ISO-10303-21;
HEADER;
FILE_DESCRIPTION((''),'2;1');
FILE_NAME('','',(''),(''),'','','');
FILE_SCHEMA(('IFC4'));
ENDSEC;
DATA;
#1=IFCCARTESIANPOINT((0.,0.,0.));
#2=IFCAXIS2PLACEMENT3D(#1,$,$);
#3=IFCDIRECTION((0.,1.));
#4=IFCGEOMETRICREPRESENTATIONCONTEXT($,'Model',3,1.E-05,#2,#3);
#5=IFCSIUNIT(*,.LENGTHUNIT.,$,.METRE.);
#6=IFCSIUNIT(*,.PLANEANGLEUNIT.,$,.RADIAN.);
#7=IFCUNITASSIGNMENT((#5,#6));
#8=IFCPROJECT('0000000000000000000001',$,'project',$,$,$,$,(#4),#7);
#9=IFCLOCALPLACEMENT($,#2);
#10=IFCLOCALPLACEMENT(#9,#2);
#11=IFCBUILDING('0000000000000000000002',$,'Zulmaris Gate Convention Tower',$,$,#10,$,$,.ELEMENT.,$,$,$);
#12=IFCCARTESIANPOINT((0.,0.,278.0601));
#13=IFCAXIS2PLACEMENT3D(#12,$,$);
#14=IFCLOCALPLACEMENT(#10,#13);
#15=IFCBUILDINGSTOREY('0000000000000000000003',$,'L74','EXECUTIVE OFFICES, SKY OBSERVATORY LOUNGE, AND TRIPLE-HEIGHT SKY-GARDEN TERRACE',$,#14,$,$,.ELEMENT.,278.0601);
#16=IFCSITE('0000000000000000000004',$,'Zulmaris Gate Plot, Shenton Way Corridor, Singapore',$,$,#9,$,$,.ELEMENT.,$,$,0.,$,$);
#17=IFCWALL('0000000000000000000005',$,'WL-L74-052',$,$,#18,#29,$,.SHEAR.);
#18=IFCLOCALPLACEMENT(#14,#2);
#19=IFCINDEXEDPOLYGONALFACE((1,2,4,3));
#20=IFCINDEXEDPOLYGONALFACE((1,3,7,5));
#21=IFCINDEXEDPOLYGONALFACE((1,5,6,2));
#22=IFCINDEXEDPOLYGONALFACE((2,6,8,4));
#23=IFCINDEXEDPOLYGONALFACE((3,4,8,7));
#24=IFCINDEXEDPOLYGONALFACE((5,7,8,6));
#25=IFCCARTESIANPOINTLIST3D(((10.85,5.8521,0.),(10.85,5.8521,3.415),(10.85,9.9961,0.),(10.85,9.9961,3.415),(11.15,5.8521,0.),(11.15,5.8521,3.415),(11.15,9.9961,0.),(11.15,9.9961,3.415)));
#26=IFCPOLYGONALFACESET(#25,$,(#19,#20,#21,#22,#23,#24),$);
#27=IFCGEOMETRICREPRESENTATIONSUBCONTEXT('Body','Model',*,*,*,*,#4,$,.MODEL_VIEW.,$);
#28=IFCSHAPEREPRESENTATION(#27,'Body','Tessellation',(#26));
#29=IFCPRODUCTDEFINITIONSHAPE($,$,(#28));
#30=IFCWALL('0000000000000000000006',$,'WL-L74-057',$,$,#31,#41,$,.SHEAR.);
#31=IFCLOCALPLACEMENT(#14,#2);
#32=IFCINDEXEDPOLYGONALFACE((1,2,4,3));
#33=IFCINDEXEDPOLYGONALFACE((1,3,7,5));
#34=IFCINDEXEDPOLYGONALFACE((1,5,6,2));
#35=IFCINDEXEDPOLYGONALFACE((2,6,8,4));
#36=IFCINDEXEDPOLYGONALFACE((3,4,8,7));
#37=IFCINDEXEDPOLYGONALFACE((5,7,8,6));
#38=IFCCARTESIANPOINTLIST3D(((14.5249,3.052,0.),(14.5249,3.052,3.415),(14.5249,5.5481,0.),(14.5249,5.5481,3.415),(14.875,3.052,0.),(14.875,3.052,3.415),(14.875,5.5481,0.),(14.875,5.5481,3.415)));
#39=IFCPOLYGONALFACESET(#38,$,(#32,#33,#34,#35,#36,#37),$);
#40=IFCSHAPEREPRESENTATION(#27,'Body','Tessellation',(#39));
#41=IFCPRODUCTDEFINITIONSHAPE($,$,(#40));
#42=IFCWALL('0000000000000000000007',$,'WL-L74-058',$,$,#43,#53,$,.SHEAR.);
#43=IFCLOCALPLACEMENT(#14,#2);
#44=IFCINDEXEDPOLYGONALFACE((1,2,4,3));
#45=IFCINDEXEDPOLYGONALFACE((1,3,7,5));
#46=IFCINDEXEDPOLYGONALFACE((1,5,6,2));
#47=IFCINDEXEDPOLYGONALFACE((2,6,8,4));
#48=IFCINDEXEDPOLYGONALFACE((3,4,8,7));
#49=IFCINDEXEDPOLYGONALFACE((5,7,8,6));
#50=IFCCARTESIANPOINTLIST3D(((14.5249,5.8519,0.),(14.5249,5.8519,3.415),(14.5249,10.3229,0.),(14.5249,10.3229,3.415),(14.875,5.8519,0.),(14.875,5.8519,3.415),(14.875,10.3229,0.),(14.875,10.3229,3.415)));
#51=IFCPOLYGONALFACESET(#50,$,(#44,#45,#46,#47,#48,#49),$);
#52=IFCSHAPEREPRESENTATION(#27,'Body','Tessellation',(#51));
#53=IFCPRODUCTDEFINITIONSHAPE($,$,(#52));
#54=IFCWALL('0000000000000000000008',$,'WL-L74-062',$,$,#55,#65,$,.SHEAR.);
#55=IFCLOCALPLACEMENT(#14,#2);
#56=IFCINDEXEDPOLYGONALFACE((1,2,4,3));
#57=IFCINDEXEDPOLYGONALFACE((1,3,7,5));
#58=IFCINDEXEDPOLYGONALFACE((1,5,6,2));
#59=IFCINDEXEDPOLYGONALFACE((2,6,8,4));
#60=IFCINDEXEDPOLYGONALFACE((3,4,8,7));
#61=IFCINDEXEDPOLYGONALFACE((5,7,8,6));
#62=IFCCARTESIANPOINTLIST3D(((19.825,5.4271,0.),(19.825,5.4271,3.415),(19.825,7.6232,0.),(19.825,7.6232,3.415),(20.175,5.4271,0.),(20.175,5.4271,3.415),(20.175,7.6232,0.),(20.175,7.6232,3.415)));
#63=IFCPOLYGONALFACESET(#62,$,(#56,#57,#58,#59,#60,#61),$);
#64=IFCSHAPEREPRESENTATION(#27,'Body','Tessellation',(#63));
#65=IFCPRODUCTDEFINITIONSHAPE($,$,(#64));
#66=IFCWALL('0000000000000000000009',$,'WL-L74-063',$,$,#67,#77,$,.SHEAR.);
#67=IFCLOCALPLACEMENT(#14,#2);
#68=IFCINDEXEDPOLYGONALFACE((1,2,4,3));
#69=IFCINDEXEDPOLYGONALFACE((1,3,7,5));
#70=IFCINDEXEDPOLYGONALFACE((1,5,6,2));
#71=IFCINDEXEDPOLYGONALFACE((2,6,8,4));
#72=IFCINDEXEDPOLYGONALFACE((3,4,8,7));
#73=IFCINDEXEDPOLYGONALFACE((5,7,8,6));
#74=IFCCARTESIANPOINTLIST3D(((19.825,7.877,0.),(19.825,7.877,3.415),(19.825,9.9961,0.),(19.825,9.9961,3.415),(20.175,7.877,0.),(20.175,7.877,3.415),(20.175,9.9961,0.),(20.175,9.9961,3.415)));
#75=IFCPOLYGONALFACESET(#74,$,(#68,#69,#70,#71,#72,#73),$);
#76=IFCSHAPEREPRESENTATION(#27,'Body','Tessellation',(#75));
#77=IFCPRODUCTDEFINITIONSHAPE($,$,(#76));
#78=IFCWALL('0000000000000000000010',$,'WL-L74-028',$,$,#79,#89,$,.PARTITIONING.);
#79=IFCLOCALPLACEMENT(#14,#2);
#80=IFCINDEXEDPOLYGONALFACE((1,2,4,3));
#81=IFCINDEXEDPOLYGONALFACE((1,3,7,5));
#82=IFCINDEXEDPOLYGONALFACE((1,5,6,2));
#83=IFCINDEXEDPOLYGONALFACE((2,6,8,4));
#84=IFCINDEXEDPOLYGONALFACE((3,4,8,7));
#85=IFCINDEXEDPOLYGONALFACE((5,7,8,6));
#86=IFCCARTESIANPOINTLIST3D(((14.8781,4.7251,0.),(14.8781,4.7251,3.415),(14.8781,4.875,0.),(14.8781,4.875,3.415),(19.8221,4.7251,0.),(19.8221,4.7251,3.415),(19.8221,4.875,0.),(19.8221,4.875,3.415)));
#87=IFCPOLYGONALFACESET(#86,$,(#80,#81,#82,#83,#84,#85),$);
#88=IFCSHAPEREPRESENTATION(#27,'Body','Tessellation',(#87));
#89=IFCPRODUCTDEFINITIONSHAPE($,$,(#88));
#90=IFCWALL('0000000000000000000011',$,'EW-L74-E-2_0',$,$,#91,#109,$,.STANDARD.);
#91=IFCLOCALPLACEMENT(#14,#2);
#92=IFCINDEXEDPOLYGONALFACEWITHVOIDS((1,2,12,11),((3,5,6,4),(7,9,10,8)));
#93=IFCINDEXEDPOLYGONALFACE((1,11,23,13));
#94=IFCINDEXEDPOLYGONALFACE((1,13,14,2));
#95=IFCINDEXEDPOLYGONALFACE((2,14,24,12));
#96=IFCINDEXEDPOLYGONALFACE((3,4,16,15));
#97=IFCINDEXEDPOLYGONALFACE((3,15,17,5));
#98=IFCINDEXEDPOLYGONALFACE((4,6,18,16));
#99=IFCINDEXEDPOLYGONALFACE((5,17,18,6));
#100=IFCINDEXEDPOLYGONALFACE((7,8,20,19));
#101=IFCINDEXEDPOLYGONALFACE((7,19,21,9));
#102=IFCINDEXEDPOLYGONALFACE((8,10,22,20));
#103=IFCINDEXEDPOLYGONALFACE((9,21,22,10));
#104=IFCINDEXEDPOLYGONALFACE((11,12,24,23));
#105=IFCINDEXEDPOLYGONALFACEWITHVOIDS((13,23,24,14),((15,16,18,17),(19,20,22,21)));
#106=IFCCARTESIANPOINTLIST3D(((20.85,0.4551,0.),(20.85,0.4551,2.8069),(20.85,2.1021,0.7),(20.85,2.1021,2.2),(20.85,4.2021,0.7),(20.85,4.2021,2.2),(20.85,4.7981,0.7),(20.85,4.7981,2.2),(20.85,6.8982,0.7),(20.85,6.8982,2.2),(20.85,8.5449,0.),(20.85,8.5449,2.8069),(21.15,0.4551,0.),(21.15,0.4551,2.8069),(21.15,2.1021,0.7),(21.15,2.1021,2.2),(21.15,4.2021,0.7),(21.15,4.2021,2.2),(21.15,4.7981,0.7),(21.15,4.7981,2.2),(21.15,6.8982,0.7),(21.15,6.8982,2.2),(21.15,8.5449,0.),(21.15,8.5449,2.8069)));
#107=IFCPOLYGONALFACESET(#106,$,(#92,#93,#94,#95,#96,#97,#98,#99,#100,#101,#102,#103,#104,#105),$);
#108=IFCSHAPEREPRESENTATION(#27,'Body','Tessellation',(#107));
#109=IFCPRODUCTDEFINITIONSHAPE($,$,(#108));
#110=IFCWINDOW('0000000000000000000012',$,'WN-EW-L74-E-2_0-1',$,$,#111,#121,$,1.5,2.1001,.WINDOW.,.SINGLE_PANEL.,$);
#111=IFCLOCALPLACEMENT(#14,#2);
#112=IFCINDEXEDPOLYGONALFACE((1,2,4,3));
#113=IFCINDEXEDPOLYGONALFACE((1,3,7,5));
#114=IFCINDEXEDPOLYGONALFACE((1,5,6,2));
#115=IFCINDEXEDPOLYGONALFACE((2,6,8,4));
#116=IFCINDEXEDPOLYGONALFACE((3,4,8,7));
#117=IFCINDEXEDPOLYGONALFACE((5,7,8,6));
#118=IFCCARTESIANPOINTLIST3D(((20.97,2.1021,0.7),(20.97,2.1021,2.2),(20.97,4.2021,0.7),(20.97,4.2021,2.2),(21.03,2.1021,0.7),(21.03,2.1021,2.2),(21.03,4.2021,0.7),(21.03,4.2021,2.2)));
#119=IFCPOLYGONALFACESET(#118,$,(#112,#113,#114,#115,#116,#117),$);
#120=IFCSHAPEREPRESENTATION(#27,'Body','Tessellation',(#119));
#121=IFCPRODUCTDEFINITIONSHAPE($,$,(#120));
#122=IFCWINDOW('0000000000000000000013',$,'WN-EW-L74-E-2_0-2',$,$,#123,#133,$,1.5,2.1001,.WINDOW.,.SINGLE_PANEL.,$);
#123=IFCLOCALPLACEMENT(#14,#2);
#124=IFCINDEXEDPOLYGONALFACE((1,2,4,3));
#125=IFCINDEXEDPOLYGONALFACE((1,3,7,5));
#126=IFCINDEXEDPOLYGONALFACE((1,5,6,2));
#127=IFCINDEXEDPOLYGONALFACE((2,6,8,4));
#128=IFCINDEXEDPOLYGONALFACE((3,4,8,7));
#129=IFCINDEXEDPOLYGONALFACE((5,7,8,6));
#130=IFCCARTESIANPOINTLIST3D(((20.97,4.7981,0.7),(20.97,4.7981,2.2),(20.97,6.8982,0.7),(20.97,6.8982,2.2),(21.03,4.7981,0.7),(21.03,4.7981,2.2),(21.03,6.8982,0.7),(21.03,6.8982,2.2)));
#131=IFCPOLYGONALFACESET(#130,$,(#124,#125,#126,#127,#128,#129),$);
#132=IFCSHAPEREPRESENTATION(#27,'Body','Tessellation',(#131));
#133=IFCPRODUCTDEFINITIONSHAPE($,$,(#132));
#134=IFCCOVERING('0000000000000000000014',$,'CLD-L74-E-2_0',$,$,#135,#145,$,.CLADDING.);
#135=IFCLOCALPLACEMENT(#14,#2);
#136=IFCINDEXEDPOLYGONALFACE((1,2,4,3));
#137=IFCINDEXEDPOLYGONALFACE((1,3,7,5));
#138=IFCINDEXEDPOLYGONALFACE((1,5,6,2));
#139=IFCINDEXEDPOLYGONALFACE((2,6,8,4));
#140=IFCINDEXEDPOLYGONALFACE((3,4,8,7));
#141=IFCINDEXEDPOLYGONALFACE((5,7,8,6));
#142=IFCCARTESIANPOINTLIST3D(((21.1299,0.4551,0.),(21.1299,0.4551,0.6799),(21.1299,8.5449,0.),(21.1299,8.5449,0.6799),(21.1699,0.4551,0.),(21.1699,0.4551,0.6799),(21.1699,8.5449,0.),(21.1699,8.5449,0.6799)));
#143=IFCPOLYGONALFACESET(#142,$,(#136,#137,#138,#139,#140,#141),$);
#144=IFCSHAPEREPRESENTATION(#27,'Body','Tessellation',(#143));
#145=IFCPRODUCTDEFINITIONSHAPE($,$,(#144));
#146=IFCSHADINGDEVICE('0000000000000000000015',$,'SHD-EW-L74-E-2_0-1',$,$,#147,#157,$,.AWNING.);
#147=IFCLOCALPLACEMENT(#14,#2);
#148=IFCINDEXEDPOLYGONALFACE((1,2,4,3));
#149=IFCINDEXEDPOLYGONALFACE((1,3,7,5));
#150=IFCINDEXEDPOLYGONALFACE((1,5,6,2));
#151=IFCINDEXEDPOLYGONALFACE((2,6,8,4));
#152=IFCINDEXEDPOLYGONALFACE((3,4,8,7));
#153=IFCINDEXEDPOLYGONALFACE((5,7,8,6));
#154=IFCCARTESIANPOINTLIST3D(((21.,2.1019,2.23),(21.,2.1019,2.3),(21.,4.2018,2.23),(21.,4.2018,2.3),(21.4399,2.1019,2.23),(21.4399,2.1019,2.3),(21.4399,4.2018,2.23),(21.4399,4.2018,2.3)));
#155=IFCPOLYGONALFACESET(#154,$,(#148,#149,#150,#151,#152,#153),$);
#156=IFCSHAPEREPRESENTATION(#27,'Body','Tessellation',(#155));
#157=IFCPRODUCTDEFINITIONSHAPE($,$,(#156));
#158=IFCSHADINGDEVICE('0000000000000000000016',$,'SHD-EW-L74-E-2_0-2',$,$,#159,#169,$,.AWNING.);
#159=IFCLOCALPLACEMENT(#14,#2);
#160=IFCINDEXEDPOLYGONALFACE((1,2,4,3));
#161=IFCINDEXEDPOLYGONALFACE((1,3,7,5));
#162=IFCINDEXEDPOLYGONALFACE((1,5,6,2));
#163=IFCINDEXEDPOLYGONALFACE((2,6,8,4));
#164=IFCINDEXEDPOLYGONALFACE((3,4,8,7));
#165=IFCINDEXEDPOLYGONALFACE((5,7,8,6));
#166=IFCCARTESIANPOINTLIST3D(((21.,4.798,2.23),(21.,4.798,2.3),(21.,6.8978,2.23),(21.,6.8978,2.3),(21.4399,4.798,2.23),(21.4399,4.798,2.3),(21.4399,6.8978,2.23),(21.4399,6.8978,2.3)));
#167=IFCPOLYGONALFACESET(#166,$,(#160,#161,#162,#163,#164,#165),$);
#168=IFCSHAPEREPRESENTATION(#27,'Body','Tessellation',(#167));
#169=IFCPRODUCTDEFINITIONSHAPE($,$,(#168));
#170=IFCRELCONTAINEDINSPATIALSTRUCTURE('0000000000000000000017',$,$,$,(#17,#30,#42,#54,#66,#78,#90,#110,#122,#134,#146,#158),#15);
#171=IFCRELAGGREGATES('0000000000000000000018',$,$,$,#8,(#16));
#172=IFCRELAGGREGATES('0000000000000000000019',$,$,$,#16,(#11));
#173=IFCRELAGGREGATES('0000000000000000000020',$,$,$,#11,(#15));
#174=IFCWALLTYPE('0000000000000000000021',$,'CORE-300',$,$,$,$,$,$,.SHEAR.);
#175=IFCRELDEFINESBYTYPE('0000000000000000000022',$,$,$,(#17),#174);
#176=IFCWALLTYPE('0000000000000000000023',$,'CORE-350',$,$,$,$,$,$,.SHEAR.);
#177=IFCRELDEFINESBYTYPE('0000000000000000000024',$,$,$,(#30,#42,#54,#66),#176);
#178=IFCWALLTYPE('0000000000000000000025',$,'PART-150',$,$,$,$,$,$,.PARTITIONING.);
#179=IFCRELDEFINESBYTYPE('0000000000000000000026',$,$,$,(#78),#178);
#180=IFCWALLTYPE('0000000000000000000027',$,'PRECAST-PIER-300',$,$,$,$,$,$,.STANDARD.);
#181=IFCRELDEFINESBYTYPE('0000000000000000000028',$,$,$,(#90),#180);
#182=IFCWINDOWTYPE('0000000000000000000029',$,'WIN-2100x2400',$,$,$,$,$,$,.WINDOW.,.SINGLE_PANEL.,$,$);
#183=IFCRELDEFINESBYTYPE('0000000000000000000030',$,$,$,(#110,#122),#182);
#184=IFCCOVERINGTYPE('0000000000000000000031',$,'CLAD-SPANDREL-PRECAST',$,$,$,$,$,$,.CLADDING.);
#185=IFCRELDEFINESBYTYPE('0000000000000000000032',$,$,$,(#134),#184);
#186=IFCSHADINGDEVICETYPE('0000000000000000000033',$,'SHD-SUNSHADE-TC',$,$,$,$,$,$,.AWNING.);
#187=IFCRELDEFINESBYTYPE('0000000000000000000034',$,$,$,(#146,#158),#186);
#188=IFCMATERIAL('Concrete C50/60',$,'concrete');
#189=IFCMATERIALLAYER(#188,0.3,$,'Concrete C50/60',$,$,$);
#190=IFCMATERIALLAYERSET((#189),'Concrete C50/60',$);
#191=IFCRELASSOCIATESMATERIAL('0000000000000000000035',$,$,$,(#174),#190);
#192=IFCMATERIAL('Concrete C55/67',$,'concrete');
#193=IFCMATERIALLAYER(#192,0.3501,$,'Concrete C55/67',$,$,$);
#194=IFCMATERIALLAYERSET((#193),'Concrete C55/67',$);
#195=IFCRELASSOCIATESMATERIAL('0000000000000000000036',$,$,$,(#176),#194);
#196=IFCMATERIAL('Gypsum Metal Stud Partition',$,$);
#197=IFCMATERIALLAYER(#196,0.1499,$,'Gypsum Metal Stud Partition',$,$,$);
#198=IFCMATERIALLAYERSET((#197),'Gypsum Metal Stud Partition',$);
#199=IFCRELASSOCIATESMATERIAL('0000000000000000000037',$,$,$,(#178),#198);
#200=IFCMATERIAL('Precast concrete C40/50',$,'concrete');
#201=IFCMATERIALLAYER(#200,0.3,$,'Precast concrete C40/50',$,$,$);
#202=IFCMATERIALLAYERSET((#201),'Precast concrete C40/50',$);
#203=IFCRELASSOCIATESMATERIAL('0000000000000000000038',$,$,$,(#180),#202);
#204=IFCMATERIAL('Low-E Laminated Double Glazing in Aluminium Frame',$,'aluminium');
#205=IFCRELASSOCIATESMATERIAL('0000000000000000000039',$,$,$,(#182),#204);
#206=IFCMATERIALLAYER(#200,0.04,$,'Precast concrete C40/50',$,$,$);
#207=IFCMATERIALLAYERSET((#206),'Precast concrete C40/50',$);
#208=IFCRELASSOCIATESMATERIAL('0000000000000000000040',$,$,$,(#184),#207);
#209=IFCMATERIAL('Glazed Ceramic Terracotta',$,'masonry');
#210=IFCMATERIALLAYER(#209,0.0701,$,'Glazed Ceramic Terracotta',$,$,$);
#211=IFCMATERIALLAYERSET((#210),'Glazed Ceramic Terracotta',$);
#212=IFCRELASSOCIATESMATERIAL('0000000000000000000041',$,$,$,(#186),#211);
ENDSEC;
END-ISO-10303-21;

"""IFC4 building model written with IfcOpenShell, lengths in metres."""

from ifc_helpers import new_model, si_unit, direction, frame, frame_2d, origin, place, context, subcontext, project, spatial, rectangle, extrude, material, layer, layer_set, type_object, element, fill, save


model = new_model("IFC4")

# Units and contexts
model_context = context("Model", 3, precision=1e-05, world=origin(), true_north=direction((0.0, 1.0)))
body_context = subcontext(model_context, "Body", "Model", "MODEL_VIEW")
ifc_project = project(units=[si_unit("LENGTHUNIT", "METRE"), si_unit("PLANEANGLEUNIT", "RADIAN")], contexts=[model_context])

# Site, building, storey
site_placement = place(None, origin())
site = spatial("IfcSite", under=ifc_project, at=site_placement, Name="Zulmaris Gate Plot, Shenton Way Corridor, Singapore", CompositionType="ELEMENT", RefElevation=0.0)
building_placement = place(site_placement, origin())
building = spatial("IfcBuilding", under=site, at=building_placement, Name="Zulmaris Gate Convention Tower", CompositionType="ELEMENT")
storey_placement = place(building_placement, frame((0.0, 0.0, 278.0601)))
storey = spatial("IfcBuildingStorey", under=building, at=storey_placement, Name="L74", Description="EXECUTIVE OFFICES, SKY OBSERVATORY LOUNGE, AND TRIPLE-HEIGHT SKY-GARDEN TERRACE", CompositionType="ELEMENT", Elevation=278.0601)

# Shared definitions
ifc_material_1 = material(Name="Concrete C50/60", Category="concrete")

# Shared definitions
ifc_layer_1 = layer(ifc_material_1, 0.3, Name="Concrete C50/60")
ifc_layer_set_1 = layer_set([ifc_layer_1], Name="Concrete C50/60")
wall_type_1 = type_object("IfcWallType", Name="CORE-300", PredefinedType="SHEAR", material=ifc_layer_set_1)

# Walls
wall_1_placement = place(storey_placement, frame((11.0, 5.8521, 0.0), z_axis=(0.0, 0.0, 1.0), x_axis=(0.0, 1.0, 0.0)))
element("IfcWall", 1, at=wall_1_placement, inside=storey, type_object=wall_type_1, Name="WL-L74-052", PredefinedType="SHEAR", context=body_context, shape_type="SweptSolid", body=[
    extrude(rectangle(XDim=4.144, YDim=0.3, at=frame_2d((2.072, 0.0))), origin(), (0.0, 0.0, 1.0), 3.415),
])
ifc_material_2 = material(Name="Concrete C55/67", Category="concrete")
ifc_layer_2 = layer(ifc_material_2, 0.3501, Name="Concrete C55/67")
ifc_layer_set_2 = layer_set([ifc_layer_2], Name="Concrete C55/67")
wall_type_2 = type_object("IfcWallType", Name="CORE-350", PredefinedType="SHEAR", material=ifc_layer_set_2)
wall_2_placement = place(storey_placement, frame((14.7, 3.052, 0.0), z_axis=(0.0, 0.0, 1.0), x_axis=(0.0, 1.0, 0.0)))
element("IfcWall", 2, at=wall_2_placement, inside=storey, type_object=wall_type_2, Name="WL-L74-057", PredefinedType="SHEAR", context=body_context, shape_type="SweptSolid", body=[
    extrude(rectangle(XDim=2.4961, YDim=0.3501, at=frame_2d((1.248, 0.0))), origin(), (0.0, 0.0, 1.0), 3.415),
])
wall_3_placement = place(storey_placement, frame((14.7, 5.8521, 0.0), z_axis=(0.0, 0.0, 1.0), x_axis=(0.0, 1.0, 0.0)))
element("IfcWall", 3, at=wall_3_placement, inside=storey, type_object=wall_type_2, Name="WL-L74-058", PredefinedType="SHEAR", context=body_context, shape_type="SweptSolid", body=[
    extrude(rectangle(XDim=4.4709, YDim=0.3501, at=frame_2d((2.2354, 0.0))), origin(), (0.0, 0.0, 1.0), 3.415),
])
wall_4_placement = place(storey_placement, frame((20.0, 5.427, 0.0), z_axis=(0.0, 0.0, 1.0), x_axis=(0.0, 1.0, 0.0)))
element("IfcWall", 4, at=wall_4_placement, inside=storey, type_object=wall_type_2, Name="WL-L74-062", PredefinedType="SHEAR", context=body_context, shape_type="SweptSolid", body=[
    extrude(rectangle(XDim=2.196, YDim=0.3501, at=frame_2d((1.0981, 0.0))), origin(), (0.0, 0.0, 1.0), 3.415),
])
wall_5_placement = place(storey_placement, frame((20.0, 7.877, 0.0), z_axis=(0.0, 0.0, 1.0), x_axis=(0.0, 1.0, 0.0)))
element("IfcWall", 5, at=wall_5_placement, inside=storey, type_object=wall_type_2, Name="WL-L74-063", PredefinedType="SHEAR", context=body_context, shape_type="SweptSolid", body=[
    extrude(rectangle(XDim=2.1191, YDim=0.3501, at=frame_2d((1.0596, 0.0))), origin(), (0.0, 0.0, 1.0), 3.415),
])
ifc_material_3 = material(Name="Gypsum Metal Stud Partition")
ifc_layer_3 = layer(ifc_material_3, 0.1499, Name="Gypsum Metal Stud Partition")
ifc_layer_set_3 = layer_set([ifc_layer_3], Name="Gypsum Metal Stud Partition")
wall_type_3 = type_object("IfcWallType", Name="PART-150", PredefinedType="PARTITIONING", material=ifc_layer_set_3)
wall_6_placement = place(storey_placement, frame((14.8779, 4.8, 0.0), z_axis=(0.0, 0.0, 1.0), x_axis=(1.0, 0.0, 0.0)))
element("IfcWall", 6, at=wall_6_placement, inside=storey, type_object=wall_type_3, Name="WL-L74-028", PredefinedType="PARTITIONING", context=body_context, shape_type="SweptSolid", body=[
    extrude(rectangle(XDim=4.9441, YDim=0.1499, at=frame_2d((2.4722, 0.0))), origin(), (0.0, 0.0, 1.0), 3.415),
])

# Wall, openings, windows
ifc_material_4 = material(Name="Precast concrete C40/50", Category="concrete")
ifc_layer_4 = layer(ifc_material_4, 0.3, Name="Precast concrete C40/50")
ifc_layer_set_4 = layer_set([ifc_layer_4], Name="Precast concrete C40/50")
wall_type_4 = type_object("IfcWallType", Name="PRECAST-PIER-300", PredefinedType="STANDARD", material=ifc_layer_set_4)
wall_7_placement = place(storey_placement, frame((21.0, 0.4551, 0.0), z_axis=(0.0, 0.0, 1.0), x_axis=(0.0, 1.0, 0.0)))
wall_7 = element("IfcWall", 7, at=wall_7_placement, inside=storey, type_object=wall_type_4, Name="EW-L74-E-2_0", PredefinedType="STANDARD", context=body_context, shape_type="SweptSolid", body=[
    extrude(rectangle(XDim=8.0898, YDim=0.3, at=frame_2d((4.0449, 0.0))), origin(), (0.0, 0.0, 1.0), 2.8069),
])
opening_1_placement = place(wall_7_placement, frame((1.647, 0.0, 0.7)))
opening_1 = element("IfcOpeningElement", 8, at=opening_1_placement, cuts=wall_7, PredefinedType="OPENING", context=body_context, shape_type="SweptSolid", body=[
    extrude(rectangle(XDim=2.1001, YDim=1.5, at=frame_2d((1.05, 0.75))), frame((0.0, 0.1602, 0.0), z_axis=(0.0, -1.0, 0.0), x_axis=(1.0, 0.0, 0.0)), (0.0, 0.0, 1.0), 0.3201),
])
opening_2_placement = place(wall_7_placement, frame((4.343, 0.0, 0.7)))
opening_2 = element("IfcOpeningElement", 9, at=opening_2_placement, cuts=wall_7, PredefinedType="OPENING", context=body_context, shape_type="SweptSolid", body=[
    extrude(rectangle(XDim=2.1001, YDim=1.5, at=frame_2d((1.05, 0.75))), frame((0.0, 0.1602, 0.0), z_axis=(0.0, -1.0, 0.0), x_axis=(1.0, 0.0, 0.0)), (0.0, 0.0, 1.0), 0.3201),
])
ifc_material_5 = material(Name="Low-E Laminated Double Glazing in Aluminium Frame", Category="aluminium")
window_type = type_object("IfcWindowType", Name="WIN-2100x2400", PartitioningType="SINGLE_PANEL", PredefinedType="WINDOW", material=ifc_material_5)
window_1_placement = place(opening_1_placement, origin())
window_1 = element("IfcWindow", 10, at=window_1_placement, inside=storey, type_object=window_type, Name="WN-EW-L74-E-2_0-1", OverallHeight=1.5, OverallWidth=2.1001, PartitioningType="SINGLE_PANEL", PredefinedType="WINDOW", context=body_context, shape_type="SweptSolid", body=[
    extrude(rectangle(XDim=2.1001, YDim=1.5, at=frame_2d((1.05, 0.75))), frame((0.0, 0.03, 0.0), z_axis=(0.0, -1.0, 0.0), x_axis=(1.0, 0.0, 0.0)), (0.0, 0.0, 1.0), 0.0601),
])
fill(opening_1, window_1)
window_2_placement = place(opening_2_placement, origin())
window_2 = element("IfcWindow", 11, at=window_2_placement, inside=storey, type_object=window_type, Name="WN-EW-L74-E-2_0-2", OverallHeight=1.5, OverallWidth=2.1001, PartitioningType="SINGLE_PANEL", PredefinedType="WINDOW", context=body_context, shape_type="SweptSolid", body=[
    extrude(rectangle(XDim=2.1001, YDim=1.5, at=frame_2d((1.05, 0.75))), frame((0.0, 0.03, 0.0), z_axis=(0.0, -1.0, 0.0), x_axis=(1.0, 0.0, 0.0)), (0.0, 0.0, 1.0), 0.0601),
])
fill(opening_2, window_2)

# Covering
ifc_layer_5 = layer(ifc_material_4, 0.04, Name="Precast concrete C40/50")
ifc_layer_set_5 = layer_set([ifc_layer_5], Name="Precast concrete C40/50")
covering_type = type_object("IfcCoveringType", Name="CLAD-SPANDREL-PRECAST", PredefinedType="CLADDING", material=ifc_layer_set_5)
covering_placement = place(storey_placement, frame((21.1499, 0.4551, 0.0), z_axis=(0.0, 0.0, 1.0), x_axis=(0.0, 1.0, 0.0)))
element("IfcCovering", 12, at=covering_placement, inside=storey, type_object=covering_type, Name="CLD-L74-E-2_0", PredefinedType="CLADDING", context=body_context, shape_type="SweptSolid", body=[
    extrude(rectangle(XDim=8.0898, YDim=0.04, at=frame_2d((4.0449, 0.0))), origin(), (0.0, 0.0, 1.0), 0.6799),
])

# Shading devices
ifc_material_6 = material(Name="Glazed Ceramic Terracotta", Category="masonry")
ifc_layer_6 = layer(ifc_material_6, 0.0701, Name="Glazed Ceramic Terracotta")
ifc_layer_set_6 = layer_set([ifc_layer_6], Name="Glazed Ceramic Terracotta")
shading_device_type = type_object("IfcShadingDeviceType", Name="SHD-SUNSHADE-TC", PredefinedType="AWNING", material=ifc_layer_set_6)
for number, where, z_axis, x_axis, name in (
    (13, (21.22, 2.1021, 2.23), (0.0, 0.0, 1.0), (0.0, 1.0, 0.0), "SHD-EW-L74-E-2_0-1"),
    (14, (21.22, 4.7981, 2.23), (0.0, 0.0, 1.0), (0.0, 1.0, 0.0), "SHD-EW-L74-E-2_0-2"),
):
    element("IfcShadingDevice", number, at=place(storey_placement, frame(where, z_axis=z_axis, x_axis=x_axis)), inside=storey, type_object=shading_device_type, Name=name, PredefinedType="AWNING", context=body_context, shape_type="SweptSolid", body=[
        extrude(rectangle(XDim=2.0999, YDim=0.4399, at=frame_2d((1.0498, 0.0))), origin(), (0.0, 0.0, 1.0), 0.0701),
    ])

save(model, "model.ifc")
